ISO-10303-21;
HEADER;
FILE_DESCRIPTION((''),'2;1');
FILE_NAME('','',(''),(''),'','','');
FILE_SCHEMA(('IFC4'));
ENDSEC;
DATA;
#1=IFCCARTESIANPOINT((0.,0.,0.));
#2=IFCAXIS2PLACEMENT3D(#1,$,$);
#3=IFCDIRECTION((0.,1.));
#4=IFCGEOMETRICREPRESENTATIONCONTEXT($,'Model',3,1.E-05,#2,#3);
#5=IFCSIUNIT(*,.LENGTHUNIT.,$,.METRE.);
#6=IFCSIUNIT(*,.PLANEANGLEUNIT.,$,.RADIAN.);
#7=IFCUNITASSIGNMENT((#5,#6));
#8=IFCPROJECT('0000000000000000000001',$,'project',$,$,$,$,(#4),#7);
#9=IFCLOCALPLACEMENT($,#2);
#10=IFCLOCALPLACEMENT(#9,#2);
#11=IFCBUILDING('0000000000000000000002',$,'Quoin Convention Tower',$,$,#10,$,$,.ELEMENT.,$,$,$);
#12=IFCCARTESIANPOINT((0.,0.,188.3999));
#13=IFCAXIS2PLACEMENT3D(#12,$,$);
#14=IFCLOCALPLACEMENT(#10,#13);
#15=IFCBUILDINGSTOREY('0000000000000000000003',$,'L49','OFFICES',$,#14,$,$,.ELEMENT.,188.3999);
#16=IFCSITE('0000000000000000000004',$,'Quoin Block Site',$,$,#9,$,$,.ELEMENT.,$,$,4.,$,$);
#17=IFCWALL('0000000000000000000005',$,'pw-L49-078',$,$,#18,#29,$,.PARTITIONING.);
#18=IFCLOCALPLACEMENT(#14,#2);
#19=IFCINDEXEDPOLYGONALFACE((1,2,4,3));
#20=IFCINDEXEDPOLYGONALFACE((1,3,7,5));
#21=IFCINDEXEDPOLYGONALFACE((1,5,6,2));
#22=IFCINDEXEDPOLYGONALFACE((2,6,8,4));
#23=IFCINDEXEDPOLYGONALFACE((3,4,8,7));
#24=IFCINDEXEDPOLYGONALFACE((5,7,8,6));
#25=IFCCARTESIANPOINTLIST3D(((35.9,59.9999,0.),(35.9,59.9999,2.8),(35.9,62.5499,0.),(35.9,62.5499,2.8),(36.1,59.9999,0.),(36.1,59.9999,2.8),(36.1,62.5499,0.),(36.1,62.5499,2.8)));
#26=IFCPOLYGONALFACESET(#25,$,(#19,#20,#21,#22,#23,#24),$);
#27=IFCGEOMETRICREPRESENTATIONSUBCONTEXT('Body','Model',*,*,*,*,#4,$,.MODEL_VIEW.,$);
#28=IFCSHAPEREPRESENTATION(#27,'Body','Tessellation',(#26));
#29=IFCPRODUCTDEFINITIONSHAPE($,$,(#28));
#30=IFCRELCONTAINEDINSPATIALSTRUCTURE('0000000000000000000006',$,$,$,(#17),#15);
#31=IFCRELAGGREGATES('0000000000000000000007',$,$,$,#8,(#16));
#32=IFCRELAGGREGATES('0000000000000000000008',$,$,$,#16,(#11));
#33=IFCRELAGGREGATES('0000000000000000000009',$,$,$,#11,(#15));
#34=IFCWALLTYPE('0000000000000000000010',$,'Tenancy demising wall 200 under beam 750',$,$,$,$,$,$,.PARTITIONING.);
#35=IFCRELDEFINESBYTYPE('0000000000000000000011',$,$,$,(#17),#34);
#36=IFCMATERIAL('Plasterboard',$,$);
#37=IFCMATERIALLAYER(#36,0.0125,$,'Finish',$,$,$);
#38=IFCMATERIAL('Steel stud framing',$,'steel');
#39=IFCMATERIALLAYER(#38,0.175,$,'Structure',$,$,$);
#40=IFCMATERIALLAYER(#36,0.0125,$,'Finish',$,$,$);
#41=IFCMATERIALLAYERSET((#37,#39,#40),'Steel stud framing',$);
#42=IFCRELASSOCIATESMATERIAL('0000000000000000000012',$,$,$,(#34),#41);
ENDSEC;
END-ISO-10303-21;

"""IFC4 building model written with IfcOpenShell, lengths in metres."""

from ifc_helpers import new_model, si_unit, direction, frame, frame_2d, origin, place, context, subcontext, project, spatial, rectangle, extrude, material, layer, layer_set, type_object, element, save


model = new_model("IFC4")

# Units and contexts
model_context = context("Model", 3, precision=1e-05, world=origin(), true_north=direction((0.0, 1.0)))
body_context = subcontext(model_context, "Body", "Model", "MODEL_VIEW")
ifc_project = project(units=[si_unit("LENGTHUNIT", "METRE"), si_unit("PLANEANGLEUNIT", "RADIAN")], contexts=[model_context])

# Site, building, storey
site_placement = place(None, origin())
site = spatial("IfcSite", under=ifc_project, at=site_placement, Name="Quoin Block Site", CompositionType="ELEMENT", RefElevation=4.0)
building_placement = place(site_placement, origin())
building = spatial("IfcBuilding", under=site, at=building_placement, Name="Quoin Convention Tower", CompositionType="ELEMENT")
storey_placement = place(building_placement, frame((0.0, 0.0, 188.3999)))
storey = spatial("IfcBuildingStorey", under=building, at=storey_placement, Name="L49", Description="OFFICES", CompositionType="ELEMENT", Elevation=188.3999)

# Shared definitions
ifc_material_1 = material(Name="Plasterboard")
ifc_material_2 = material(Name="Steel stud framing", Category="steel")

# Wall
ifc_layer_1 = layer(ifc_material_1, 0.0125, Name="Finish")
ifc_layer_2 = layer(ifc_material_2, 0.175, Name="Structure")
ifc_layer_3 = layer(ifc_material_1, 0.0125, Name="Finish")
ifc_layer_set_1 = layer_set([ifc_layer_1, ifc_layer_2, ifc_layer_3], Name="Steel stud framing")
wall_type_1 = type_object("IfcWallType", Name="Tenancy demising wall 200 under beam 750", PredefinedType="PARTITIONING", material=ifc_layer_set_1)
wall_1_placement = place(storey_placement, frame((36.0, 60.0, 0.0), z_axis=(0.0, 0.0, 1.0), x_axis=(0.0, 1.0, 0.0)))
element("IfcWall", 1, at=wall_1_placement, inside=storey, type_object=wall_type_1, Name="pw-L49-078", PredefinedType="PARTITIONING", context=body_context, shape_type="SweptSolid", body=[
    extrude(rectangle(XDim=2.55, YDim=0.2, at=frame_2d((1.2749, 0.0))), origin(), (0.0, 0.0, 1.0), 2.8),
])

save(model, "model.ifc")
